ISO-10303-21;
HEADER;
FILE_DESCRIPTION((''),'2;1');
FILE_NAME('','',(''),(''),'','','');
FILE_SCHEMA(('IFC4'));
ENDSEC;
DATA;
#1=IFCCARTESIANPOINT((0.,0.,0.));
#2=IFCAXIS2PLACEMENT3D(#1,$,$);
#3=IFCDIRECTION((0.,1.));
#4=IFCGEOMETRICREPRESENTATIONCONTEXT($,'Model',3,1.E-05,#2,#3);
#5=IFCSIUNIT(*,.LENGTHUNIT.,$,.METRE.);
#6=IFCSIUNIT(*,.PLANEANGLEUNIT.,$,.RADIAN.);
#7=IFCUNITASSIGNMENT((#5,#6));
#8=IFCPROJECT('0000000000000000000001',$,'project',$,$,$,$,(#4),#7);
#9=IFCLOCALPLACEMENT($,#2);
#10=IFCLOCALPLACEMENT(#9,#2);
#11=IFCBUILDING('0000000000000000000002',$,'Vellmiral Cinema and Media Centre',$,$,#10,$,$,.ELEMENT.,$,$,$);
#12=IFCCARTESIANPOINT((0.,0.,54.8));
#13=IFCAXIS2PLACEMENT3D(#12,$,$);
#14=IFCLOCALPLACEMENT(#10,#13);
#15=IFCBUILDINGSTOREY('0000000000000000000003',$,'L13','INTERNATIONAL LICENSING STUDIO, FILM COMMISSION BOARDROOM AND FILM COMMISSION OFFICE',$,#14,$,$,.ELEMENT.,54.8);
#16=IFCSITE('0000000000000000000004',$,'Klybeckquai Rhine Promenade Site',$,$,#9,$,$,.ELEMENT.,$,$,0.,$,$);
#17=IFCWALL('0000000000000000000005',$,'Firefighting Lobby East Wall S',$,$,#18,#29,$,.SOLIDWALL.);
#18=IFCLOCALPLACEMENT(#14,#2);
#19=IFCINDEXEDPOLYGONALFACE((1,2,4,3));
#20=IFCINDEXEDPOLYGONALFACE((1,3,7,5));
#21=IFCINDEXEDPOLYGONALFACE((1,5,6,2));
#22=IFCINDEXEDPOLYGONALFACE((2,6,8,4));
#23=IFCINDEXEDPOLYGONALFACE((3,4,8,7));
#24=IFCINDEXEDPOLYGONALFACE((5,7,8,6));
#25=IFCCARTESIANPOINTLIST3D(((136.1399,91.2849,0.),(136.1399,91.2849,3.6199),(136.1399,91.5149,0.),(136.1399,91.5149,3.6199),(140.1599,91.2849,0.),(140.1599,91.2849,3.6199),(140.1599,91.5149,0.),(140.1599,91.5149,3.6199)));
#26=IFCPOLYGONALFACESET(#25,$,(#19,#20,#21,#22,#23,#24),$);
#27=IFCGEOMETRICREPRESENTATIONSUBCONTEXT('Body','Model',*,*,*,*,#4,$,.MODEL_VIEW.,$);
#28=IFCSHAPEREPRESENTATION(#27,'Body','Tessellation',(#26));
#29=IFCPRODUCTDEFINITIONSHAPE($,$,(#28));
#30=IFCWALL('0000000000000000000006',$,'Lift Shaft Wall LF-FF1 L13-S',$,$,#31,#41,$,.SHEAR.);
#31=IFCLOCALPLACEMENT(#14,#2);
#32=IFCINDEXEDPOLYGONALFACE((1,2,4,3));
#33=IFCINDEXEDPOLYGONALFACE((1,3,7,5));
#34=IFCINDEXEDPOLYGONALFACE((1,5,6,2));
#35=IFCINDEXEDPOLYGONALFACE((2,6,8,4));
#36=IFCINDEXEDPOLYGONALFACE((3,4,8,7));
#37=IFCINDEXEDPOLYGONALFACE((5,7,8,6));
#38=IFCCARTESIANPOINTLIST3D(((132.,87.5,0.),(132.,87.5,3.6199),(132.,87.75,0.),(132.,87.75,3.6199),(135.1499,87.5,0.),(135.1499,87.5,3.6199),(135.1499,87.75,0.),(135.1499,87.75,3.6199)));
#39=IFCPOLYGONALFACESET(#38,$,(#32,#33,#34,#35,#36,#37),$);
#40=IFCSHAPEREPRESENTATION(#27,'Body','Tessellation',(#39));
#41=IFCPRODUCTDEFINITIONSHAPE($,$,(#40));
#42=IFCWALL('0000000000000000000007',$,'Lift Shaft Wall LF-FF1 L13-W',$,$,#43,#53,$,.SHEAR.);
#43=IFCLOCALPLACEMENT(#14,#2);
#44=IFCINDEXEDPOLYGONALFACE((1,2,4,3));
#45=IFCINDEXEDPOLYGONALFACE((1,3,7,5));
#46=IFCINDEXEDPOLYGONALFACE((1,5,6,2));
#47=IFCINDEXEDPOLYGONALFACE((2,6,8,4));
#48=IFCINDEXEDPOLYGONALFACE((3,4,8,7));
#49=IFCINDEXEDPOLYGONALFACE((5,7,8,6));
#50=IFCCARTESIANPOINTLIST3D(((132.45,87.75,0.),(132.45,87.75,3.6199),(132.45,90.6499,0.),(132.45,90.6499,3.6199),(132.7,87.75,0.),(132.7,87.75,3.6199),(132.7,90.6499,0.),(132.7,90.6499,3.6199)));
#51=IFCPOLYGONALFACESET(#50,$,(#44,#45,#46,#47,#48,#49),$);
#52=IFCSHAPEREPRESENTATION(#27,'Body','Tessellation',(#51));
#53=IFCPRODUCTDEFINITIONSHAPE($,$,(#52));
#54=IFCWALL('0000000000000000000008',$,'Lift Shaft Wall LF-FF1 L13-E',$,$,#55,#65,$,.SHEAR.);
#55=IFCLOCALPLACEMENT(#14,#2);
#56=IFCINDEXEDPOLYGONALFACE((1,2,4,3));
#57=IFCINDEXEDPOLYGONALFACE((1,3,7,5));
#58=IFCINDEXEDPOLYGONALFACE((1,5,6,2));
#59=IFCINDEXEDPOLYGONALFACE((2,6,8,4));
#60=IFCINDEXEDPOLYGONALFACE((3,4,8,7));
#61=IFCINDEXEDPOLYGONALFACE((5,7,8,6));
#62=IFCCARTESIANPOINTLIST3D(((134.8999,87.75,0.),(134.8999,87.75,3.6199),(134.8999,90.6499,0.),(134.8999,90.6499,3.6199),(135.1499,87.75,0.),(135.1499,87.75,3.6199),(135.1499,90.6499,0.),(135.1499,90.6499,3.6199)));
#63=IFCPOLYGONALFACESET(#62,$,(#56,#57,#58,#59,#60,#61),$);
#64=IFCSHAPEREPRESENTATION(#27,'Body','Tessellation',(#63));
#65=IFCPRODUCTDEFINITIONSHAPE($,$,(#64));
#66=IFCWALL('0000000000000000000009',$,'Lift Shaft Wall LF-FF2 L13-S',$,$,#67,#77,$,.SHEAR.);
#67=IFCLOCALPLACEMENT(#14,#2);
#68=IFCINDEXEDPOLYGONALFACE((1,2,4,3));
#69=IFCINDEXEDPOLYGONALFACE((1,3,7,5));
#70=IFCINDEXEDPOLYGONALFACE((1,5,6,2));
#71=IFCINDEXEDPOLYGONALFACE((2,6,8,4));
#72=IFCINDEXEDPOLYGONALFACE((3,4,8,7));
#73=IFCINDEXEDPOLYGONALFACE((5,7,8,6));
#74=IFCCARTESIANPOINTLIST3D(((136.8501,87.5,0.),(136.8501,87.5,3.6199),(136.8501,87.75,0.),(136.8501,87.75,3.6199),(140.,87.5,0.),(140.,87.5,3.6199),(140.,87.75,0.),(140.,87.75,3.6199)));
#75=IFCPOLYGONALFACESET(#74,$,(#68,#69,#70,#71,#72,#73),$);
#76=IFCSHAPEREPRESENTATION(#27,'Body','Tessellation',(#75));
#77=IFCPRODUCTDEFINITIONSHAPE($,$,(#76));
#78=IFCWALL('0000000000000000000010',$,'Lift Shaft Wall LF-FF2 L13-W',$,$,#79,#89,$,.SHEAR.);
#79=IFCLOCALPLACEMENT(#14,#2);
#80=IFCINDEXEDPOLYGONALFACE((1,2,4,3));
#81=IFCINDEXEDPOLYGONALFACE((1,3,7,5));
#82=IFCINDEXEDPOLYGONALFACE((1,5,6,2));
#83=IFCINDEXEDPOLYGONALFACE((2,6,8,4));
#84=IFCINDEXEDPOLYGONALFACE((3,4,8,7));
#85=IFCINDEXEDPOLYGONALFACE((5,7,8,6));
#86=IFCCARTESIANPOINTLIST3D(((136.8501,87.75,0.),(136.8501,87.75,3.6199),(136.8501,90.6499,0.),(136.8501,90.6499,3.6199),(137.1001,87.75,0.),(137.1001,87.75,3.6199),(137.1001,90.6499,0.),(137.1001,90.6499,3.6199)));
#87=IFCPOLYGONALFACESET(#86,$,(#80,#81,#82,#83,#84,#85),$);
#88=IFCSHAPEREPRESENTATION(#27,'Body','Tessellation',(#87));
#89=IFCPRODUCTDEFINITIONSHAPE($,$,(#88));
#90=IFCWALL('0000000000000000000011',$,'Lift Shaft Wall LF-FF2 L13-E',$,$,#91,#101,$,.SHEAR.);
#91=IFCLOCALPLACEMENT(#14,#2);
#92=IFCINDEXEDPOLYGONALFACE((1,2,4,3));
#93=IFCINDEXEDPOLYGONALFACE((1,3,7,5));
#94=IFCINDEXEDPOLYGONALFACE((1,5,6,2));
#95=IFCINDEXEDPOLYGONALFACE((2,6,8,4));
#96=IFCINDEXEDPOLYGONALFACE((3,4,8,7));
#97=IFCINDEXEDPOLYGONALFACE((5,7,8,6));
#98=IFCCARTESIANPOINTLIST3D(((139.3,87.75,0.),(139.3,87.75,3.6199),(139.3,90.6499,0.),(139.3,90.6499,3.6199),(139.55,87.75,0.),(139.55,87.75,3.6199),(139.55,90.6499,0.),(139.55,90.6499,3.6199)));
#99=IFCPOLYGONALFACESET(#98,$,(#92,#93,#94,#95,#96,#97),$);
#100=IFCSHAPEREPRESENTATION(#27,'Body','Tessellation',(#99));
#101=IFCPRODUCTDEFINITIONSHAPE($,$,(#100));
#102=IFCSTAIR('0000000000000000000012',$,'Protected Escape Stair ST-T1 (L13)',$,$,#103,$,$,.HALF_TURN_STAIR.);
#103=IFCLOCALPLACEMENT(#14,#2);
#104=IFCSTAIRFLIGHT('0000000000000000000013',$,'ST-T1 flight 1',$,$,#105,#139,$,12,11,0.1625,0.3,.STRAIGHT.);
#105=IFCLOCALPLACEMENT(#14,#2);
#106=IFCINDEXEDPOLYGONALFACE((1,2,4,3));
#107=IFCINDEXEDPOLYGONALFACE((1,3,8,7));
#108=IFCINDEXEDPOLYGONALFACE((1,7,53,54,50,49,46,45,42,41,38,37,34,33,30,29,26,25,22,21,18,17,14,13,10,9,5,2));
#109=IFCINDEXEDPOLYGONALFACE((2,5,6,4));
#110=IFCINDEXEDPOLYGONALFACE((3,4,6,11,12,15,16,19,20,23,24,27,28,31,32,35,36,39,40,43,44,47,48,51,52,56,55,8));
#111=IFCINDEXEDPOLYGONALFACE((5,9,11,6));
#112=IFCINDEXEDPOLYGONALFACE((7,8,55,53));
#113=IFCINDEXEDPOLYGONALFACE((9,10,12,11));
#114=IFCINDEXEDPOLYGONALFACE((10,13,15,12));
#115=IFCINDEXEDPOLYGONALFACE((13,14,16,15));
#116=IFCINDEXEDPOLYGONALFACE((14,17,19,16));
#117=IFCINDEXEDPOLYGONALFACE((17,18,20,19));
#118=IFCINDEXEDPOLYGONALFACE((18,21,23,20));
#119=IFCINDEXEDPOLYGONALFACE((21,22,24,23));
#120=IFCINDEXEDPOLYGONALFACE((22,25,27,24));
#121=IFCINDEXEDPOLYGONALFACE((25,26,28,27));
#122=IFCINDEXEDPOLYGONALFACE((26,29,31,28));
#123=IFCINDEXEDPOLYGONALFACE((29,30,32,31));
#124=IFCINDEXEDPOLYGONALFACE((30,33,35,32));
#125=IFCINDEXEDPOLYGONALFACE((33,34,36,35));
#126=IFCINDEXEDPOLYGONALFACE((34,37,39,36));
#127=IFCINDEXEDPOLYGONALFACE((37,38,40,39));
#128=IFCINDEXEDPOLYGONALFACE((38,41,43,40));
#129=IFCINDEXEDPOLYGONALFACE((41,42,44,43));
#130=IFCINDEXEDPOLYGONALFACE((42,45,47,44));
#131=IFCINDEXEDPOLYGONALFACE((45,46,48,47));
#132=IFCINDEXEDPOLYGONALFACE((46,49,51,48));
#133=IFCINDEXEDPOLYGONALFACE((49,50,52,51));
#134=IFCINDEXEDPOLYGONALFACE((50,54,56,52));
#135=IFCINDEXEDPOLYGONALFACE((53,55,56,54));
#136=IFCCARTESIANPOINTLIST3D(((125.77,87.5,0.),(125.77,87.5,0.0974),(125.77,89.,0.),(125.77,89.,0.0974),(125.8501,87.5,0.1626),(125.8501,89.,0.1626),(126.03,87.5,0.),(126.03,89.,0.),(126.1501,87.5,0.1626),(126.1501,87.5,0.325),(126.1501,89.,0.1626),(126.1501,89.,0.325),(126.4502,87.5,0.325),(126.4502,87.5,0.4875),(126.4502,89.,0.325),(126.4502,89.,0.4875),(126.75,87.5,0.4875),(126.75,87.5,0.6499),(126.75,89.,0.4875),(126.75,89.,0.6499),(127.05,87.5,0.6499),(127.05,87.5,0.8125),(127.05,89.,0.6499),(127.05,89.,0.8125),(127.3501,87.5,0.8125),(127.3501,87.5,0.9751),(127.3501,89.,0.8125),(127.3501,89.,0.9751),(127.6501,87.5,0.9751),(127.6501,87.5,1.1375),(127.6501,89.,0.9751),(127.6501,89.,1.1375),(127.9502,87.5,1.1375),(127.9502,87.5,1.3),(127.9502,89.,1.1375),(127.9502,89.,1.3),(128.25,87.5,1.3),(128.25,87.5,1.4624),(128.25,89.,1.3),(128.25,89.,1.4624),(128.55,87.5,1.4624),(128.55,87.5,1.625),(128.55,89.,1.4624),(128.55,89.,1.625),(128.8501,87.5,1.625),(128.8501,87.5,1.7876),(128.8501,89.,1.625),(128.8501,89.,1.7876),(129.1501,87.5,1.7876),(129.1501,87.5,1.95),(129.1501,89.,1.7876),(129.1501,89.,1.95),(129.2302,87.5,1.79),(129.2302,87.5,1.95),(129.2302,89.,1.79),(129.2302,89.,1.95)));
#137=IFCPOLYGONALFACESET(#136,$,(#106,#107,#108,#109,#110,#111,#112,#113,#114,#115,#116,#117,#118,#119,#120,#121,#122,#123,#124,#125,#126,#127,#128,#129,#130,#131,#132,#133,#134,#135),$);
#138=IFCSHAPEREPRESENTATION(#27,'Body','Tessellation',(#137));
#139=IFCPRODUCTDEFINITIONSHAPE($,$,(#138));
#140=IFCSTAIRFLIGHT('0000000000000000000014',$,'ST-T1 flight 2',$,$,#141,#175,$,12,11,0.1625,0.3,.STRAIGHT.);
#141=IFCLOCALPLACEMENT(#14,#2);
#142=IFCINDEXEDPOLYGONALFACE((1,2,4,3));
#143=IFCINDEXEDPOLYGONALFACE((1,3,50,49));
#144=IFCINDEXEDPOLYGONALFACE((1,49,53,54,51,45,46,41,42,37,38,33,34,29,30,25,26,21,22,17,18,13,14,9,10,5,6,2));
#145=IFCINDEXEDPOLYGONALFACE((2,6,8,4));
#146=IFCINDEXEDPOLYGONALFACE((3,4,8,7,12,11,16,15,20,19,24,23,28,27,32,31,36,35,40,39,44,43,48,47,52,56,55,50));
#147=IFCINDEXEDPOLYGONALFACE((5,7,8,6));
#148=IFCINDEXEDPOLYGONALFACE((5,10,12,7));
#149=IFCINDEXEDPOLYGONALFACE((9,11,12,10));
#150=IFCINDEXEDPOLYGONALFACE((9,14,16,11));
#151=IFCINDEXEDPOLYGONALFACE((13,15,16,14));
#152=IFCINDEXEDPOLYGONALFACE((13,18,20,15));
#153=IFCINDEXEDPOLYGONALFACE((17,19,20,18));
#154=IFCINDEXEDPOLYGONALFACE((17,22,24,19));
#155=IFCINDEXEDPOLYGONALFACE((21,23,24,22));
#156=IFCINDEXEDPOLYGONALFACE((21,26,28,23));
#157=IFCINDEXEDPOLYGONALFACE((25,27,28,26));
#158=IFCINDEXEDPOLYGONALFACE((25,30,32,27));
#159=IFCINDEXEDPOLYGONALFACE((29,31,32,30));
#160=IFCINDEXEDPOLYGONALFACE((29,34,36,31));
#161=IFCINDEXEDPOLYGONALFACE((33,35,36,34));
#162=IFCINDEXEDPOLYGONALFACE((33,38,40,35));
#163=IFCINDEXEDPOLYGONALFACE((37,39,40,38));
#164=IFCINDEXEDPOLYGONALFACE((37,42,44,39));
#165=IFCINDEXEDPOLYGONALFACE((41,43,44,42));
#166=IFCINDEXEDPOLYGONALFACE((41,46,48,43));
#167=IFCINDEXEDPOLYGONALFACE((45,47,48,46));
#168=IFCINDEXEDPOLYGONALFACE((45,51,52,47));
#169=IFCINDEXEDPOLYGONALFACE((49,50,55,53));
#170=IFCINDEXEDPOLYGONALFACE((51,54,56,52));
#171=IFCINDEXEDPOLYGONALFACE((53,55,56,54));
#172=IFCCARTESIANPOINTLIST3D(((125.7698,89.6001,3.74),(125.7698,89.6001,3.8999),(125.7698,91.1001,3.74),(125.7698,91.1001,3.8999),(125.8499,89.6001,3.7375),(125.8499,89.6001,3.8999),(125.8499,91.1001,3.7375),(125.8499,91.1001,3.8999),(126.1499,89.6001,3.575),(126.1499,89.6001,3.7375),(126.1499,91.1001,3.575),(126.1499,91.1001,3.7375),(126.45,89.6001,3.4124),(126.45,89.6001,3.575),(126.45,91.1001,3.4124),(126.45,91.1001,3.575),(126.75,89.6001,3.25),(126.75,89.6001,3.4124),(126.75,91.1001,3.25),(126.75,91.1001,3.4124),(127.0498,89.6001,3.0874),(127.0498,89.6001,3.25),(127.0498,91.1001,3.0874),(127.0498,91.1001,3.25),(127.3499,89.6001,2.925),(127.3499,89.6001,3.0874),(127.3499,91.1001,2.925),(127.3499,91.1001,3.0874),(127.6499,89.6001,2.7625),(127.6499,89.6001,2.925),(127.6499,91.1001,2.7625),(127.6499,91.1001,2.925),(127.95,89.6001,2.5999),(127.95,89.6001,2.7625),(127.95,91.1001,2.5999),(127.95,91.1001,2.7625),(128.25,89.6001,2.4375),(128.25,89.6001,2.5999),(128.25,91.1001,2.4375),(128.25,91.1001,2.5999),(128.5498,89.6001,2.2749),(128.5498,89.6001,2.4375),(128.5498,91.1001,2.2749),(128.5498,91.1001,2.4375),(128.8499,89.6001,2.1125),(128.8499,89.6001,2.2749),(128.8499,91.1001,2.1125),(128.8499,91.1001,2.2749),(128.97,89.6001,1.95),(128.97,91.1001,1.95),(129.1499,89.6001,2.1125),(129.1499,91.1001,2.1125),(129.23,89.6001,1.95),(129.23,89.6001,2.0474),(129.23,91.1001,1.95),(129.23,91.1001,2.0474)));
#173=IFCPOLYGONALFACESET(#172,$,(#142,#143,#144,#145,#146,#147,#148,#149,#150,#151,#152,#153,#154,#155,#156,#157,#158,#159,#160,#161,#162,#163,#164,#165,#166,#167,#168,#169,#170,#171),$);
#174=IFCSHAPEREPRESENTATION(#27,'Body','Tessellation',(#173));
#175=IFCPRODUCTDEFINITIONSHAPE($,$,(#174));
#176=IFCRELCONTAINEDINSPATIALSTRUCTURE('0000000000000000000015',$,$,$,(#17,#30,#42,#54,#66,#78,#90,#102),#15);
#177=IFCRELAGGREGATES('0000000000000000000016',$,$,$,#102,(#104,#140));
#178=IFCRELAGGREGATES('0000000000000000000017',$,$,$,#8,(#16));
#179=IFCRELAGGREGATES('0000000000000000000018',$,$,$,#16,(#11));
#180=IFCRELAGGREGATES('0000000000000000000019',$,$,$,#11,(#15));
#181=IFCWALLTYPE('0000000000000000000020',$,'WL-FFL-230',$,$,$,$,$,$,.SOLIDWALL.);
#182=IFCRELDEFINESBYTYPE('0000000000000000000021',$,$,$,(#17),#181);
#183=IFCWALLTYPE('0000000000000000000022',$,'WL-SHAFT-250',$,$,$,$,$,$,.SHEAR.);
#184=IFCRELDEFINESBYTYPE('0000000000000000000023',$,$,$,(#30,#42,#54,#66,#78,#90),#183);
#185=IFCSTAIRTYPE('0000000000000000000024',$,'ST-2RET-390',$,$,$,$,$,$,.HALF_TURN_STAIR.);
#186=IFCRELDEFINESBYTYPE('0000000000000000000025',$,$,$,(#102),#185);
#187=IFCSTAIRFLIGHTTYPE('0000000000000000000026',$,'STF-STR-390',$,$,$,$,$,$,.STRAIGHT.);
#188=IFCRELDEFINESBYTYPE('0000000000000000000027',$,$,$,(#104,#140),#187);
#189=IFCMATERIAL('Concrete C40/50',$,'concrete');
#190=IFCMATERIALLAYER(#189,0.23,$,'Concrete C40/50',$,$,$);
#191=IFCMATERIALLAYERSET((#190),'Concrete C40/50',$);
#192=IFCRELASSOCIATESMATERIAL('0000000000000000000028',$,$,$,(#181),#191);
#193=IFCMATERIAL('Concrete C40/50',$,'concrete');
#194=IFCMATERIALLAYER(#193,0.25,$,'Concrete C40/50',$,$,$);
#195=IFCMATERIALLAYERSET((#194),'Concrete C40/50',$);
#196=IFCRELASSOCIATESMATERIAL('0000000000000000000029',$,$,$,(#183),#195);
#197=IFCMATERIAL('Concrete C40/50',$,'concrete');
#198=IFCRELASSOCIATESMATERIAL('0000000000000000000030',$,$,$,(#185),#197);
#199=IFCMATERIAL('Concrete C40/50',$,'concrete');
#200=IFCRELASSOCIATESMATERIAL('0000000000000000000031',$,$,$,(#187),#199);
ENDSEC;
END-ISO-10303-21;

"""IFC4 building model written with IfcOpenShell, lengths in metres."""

from ifc_helpers import new_model, si_unit, direction, frame, frame_2d, origin, place, context, subcontext, project, spatial, polyline, rectangle, outline, extrude, material, layer, layer_set, type_object, element, aggregate, save


model = new_model("IFC4")

# Units and contexts
model_context = context("Model", 3, precision=1e-05, world=origin(), true_north=direction((0.0, 1.0)))
body_context = subcontext(model_context, "Body", "Model", "MODEL_VIEW")
ifc_project = project(units=[si_unit("LENGTHUNIT", "METRE"), si_unit("PLANEANGLEUNIT", "RADIAN")], contexts=[model_context])

# Site, building, storey
site_placement = place(None, origin())
site = spatial("IfcSite", under=ifc_project, at=site_placement, Name="Klybeckquai Rhine Promenade Site", CompositionType="ELEMENT", RefElevation=0.0)
building_placement = place(site_placement, origin())
building = spatial("IfcBuilding", under=site, at=building_placement, Name="Vellmiral Cinema and Media Centre", CompositionType="ELEMENT")
storey_placement = place(building_placement, frame((0.0, 0.0, 54.8)))
storey = spatial("IfcBuildingStorey", under=building, at=storey_placement, Name="L13", Description="INTERNATIONAL LICENSING STUDIO, FILM COMMISSION BOARDROOM AND FILM COMMISSION OFFICE", CompositionType="ELEMENT", Elevation=54.8)

# Shared definitions
ifc_material_1 = material(Name="Concrete C40/50", Category="concrete")
ifc_layer_1 = layer(ifc_material_1, 0.23, Name="Concrete C40/50")
ifc_layer_set_1 = layer_set([ifc_layer_1], Name="Concrete C40/50")
wall_type_1 = type_object("IfcWallType", Name="WL-FFL-230", PredefinedType="SOLIDWALL", material=ifc_layer_set_1)

# Walls
wall_1_placement = place(storey_placement, frame((136.1399, 91.3999, 0.0), z_axis=(0.0, 0.0, 1.0), x_axis=(1.0, 0.0, 0.0)))
element("IfcWall", 1, at=wall_1_placement, inside=storey, type_object=wall_type_1, Name="Firefighting Lobby East Wall S", PredefinedType="SOLIDWALL", context=body_context, shape_type="SweptSolid", body=[
    extrude(rectangle(XDim=4.02, YDim=0.23, at=frame_2d((2.01, 0.0))), origin(), (0.0, 0.0, 1.0), 3.6199),
])
ifc_material_2 = material(Name="Concrete C40/50", Category="concrete")
ifc_layer_2 = layer(ifc_material_2, 0.25, Name="Concrete C40/50")
ifc_layer_set_2 = layer_set([ifc_layer_2], Name="Concrete C40/50")
wall_type_2 = type_object("IfcWallType", Name="WL-SHAFT-250", PredefinedType="SHEAR", material=ifc_layer_set_2)
wall_2_placement = place(storey_placement, frame((132.0, 87.625, 0.0), z_axis=(0.0, 0.0, 1.0), x_axis=(1.0, 0.0, 0.0)))
element("IfcWall", 2, at=wall_2_placement, inside=storey, type_object=wall_type_2, Name="Lift Shaft Wall LF-FF1 L13-S", PredefinedType="SHEAR", context=body_context, shape_type="SweptSolid", body=[
    extrude(rectangle(XDim=3.1499, YDim=0.25, at=frame_2d((1.575, 0.0))), origin(), (0.0, 0.0, 1.0), 3.6199),
])

# Walls
for number, where, z_axis, x_axis, name in (
    (3, (132.575, 87.75, 0.0), (0.0, 0.0, 1.0), (0.0, 1.0, 0.0), "Lift Shaft Wall LF-FF1 L13-W"),
    (4, (135.0249, 87.75, 0.0), (0.0, 0.0, 1.0), (0.0, 1.0, 0.0), "Lift Shaft Wall LF-FF1 L13-E"),
):
    element("IfcWall", number, at=place(storey_placement, frame(where, z_axis=z_axis, x_axis=x_axis)), inside=storey, type_object=wall_type_2, Name=name, PredefinedType="SHEAR", context=body_context, shape_type="SweptSolid", body=[
        extrude(rectangle(XDim=2.8999, YDim=0.25, at=frame_2d((1.45, 0.0))), origin(), (0.0, 0.0, 1.0), 3.6199),
    ])
wall_3_placement = place(storey_placement, frame((136.8501, 87.625, 0.0), z_axis=(0.0, 0.0, 1.0), x_axis=(1.0, 0.0, 0.0)))
element("IfcWall", 5, at=wall_3_placement, inside=storey, type_object=wall_type_2, Name="Lift Shaft Wall LF-FF2 L13-S", PredefinedType="SHEAR", context=body_context, shape_type="SweptSolid", body=[
    extrude(rectangle(XDim=3.1499, YDim=0.25, at=frame_2d((1.575, 0.0))), origin(), (0.0, 0.0, 1.0), 3.6199),
])

# Walls
for number, where, z_axis, x_axis, name in (
    (6, (136.9751, 87.75, 0.0), (0.0, 0.0, 1.0), (0.0, 1.0, 0.0), "Lift Shaft Wall LF-FF2 L13-W"),
    (7, (139.425, 87.75, 0.0), (0.0, 0.0, 1.0), (0.0, 1.0, 0.0), "Lift Shaft Wall LF-FF2 L13-E"),
):
    element("IfcWall", number, at=place(storey_placement, frame(where, z_axis=z_axis, x_axis=x_axis)), inside=storey, type_object=wall_type_2, Name=name, PredefinedType="SHEAR", context=body_context, shape_type="SweptSolid", body=[
        extrude(rectangle(XDim=2.8999, YDim=0.25, at=frame_2d((1.45, 0.0))), origin(), (0.0, 0.0, 1.0), 3.6199),
    ])

# Stair, stair flights
ifc_material_3 = material(Name="Concrete C40/50", Category="concrete")
stair_type = type_object("IfcStairType", Name="ST-2RET-390", PredefinedType="HALF_TURN_STAIR", material=ifc_material_3)
stair_placement = place(storey_placement, origin())
stair = element("IfcStair", 8, at=stair_placement, inside=storey, type_object=stair_type, Name="Protected Escape Stair ST-T1 (L13)", PredefinedType="HALF_TURN_STAIR")
ifc_material_4 = material(Name="Concrete C40/50", Category="concrete")
stair_flight_type = type_object("IfcStairFlightType", Name="STF-STR-390", PredefinedType="STRAIGHT", material=ifc_material_4)
stair_flight_1_placement = place(storey_placement, frame((125.8501, 88.25, 0.0), z_axis=(0.0, 0.0, 1.0), x_axis=(1.0, 0.0, 0.0)))
stair_flight_1 = element("IfcStairFlight", 9, at=stair_flight_1_placement, type_object=stair_flight_type, Name="ST-T1 flight 1", NumberOfRisers=12, NumberOfTreads=11, PredefinedType="STRAIGHT", RiserHeight=0.1625, TreadLength=0.3, context=body_context, shape_type="SweptSolid", body=[
    extrude(outline(polyline([(-0.0801, 0.0), (-0.0801, 0.0974), (0.0, 0.1626), (0.3, 0.1626), (0.3, 0.325), (0.6001, 0.325), (0.6001, 0.4875), (0.8999, 0.4875), (0.8999, 0.6499), (1.2, 0.6499), (1.2, 0.8125), (1.5, 0.8125), (1.5, 0.9751), (1.8, 0.9751), (1.8, 1.1375), (2.1001, 1.1375), (2.1001, 1.3), (2.3999, 1.3), (2.3999, 1.4624), (2.7, 1.4624), (2.7, 1.625), (3.0, 1.625), (3.0, 1.7876), (3.3, 1.7876), (3.3, 1.95), (3.3801, 1.95), (3.3801, 1.79), (0.1799, 0.0), (-0.0801, 0.0)])), frame((0.0, 0.75, 0.0), z_axis=(0.0, -1.0, 0.0), x_axis=(1.0, 0.0, 0.0)), (0.0, 0.0, 1.0), 1.5),
])
stair_flight_2_placement = place(storey_placement, frame((129.1499, 90.3501, 1.95), z_axis=(0.0, 0.0, 1.0), x_axis=(-1.0, 0.0, 0.0)))
stair_flight_2 = element("IfcStairFlight", 10, at=stair_flight_2_placement, type_object=stair_flight_type, Name="ST-T1 flight 2", NumberOfRisers=12, NumberOfTreads=11, PredefinedType="STRAIGHT", RiserHeight=0.1625, TreadLength=0.3, context=body_context, shape_type="SweptSolid", body=[
    extrude(outline(polyline([(-0.0801, 0.0), (-0.0801, 0.0974), (0.0, 0.1626), (0.3, 0.1626), (0.3, 0.325), (0.6001, 0.325), (0.6001, 0.4875), (0.8999, 0.4875), (0.8999, 0.6499), (1.2, 0.6499), (1.2, 0.8125), (1.5, 0.8125), (1.5, 0.9751), (1.8, 0.9751), (1.8, 1.1375), (2.1001, 1.1375), (2.1001, 1.3), (2.3999, 1.3), (2.3999, 1.4624), (2.7, 1.4624), (2.7, 1.625), (3.0, 1.625), (3.0, 1.7876), (3.3, 1.7876), (3.3, 1.95), (3.3801, 1.95), (3.3801, 1.79), (0.1799, 0.0), (-0.0801, 0.0)])), frame((0.0, 0.75, 0.0), z_axis=(0.0, -1.0, 0.0), x_axis=(1.0, 0.0, 0.0)), (0.0, 0.0, 1.0), 1.5),
])
aggregate(stair, [stair_flight_1, stair_flight_2])

save(model, "model.ifc")
